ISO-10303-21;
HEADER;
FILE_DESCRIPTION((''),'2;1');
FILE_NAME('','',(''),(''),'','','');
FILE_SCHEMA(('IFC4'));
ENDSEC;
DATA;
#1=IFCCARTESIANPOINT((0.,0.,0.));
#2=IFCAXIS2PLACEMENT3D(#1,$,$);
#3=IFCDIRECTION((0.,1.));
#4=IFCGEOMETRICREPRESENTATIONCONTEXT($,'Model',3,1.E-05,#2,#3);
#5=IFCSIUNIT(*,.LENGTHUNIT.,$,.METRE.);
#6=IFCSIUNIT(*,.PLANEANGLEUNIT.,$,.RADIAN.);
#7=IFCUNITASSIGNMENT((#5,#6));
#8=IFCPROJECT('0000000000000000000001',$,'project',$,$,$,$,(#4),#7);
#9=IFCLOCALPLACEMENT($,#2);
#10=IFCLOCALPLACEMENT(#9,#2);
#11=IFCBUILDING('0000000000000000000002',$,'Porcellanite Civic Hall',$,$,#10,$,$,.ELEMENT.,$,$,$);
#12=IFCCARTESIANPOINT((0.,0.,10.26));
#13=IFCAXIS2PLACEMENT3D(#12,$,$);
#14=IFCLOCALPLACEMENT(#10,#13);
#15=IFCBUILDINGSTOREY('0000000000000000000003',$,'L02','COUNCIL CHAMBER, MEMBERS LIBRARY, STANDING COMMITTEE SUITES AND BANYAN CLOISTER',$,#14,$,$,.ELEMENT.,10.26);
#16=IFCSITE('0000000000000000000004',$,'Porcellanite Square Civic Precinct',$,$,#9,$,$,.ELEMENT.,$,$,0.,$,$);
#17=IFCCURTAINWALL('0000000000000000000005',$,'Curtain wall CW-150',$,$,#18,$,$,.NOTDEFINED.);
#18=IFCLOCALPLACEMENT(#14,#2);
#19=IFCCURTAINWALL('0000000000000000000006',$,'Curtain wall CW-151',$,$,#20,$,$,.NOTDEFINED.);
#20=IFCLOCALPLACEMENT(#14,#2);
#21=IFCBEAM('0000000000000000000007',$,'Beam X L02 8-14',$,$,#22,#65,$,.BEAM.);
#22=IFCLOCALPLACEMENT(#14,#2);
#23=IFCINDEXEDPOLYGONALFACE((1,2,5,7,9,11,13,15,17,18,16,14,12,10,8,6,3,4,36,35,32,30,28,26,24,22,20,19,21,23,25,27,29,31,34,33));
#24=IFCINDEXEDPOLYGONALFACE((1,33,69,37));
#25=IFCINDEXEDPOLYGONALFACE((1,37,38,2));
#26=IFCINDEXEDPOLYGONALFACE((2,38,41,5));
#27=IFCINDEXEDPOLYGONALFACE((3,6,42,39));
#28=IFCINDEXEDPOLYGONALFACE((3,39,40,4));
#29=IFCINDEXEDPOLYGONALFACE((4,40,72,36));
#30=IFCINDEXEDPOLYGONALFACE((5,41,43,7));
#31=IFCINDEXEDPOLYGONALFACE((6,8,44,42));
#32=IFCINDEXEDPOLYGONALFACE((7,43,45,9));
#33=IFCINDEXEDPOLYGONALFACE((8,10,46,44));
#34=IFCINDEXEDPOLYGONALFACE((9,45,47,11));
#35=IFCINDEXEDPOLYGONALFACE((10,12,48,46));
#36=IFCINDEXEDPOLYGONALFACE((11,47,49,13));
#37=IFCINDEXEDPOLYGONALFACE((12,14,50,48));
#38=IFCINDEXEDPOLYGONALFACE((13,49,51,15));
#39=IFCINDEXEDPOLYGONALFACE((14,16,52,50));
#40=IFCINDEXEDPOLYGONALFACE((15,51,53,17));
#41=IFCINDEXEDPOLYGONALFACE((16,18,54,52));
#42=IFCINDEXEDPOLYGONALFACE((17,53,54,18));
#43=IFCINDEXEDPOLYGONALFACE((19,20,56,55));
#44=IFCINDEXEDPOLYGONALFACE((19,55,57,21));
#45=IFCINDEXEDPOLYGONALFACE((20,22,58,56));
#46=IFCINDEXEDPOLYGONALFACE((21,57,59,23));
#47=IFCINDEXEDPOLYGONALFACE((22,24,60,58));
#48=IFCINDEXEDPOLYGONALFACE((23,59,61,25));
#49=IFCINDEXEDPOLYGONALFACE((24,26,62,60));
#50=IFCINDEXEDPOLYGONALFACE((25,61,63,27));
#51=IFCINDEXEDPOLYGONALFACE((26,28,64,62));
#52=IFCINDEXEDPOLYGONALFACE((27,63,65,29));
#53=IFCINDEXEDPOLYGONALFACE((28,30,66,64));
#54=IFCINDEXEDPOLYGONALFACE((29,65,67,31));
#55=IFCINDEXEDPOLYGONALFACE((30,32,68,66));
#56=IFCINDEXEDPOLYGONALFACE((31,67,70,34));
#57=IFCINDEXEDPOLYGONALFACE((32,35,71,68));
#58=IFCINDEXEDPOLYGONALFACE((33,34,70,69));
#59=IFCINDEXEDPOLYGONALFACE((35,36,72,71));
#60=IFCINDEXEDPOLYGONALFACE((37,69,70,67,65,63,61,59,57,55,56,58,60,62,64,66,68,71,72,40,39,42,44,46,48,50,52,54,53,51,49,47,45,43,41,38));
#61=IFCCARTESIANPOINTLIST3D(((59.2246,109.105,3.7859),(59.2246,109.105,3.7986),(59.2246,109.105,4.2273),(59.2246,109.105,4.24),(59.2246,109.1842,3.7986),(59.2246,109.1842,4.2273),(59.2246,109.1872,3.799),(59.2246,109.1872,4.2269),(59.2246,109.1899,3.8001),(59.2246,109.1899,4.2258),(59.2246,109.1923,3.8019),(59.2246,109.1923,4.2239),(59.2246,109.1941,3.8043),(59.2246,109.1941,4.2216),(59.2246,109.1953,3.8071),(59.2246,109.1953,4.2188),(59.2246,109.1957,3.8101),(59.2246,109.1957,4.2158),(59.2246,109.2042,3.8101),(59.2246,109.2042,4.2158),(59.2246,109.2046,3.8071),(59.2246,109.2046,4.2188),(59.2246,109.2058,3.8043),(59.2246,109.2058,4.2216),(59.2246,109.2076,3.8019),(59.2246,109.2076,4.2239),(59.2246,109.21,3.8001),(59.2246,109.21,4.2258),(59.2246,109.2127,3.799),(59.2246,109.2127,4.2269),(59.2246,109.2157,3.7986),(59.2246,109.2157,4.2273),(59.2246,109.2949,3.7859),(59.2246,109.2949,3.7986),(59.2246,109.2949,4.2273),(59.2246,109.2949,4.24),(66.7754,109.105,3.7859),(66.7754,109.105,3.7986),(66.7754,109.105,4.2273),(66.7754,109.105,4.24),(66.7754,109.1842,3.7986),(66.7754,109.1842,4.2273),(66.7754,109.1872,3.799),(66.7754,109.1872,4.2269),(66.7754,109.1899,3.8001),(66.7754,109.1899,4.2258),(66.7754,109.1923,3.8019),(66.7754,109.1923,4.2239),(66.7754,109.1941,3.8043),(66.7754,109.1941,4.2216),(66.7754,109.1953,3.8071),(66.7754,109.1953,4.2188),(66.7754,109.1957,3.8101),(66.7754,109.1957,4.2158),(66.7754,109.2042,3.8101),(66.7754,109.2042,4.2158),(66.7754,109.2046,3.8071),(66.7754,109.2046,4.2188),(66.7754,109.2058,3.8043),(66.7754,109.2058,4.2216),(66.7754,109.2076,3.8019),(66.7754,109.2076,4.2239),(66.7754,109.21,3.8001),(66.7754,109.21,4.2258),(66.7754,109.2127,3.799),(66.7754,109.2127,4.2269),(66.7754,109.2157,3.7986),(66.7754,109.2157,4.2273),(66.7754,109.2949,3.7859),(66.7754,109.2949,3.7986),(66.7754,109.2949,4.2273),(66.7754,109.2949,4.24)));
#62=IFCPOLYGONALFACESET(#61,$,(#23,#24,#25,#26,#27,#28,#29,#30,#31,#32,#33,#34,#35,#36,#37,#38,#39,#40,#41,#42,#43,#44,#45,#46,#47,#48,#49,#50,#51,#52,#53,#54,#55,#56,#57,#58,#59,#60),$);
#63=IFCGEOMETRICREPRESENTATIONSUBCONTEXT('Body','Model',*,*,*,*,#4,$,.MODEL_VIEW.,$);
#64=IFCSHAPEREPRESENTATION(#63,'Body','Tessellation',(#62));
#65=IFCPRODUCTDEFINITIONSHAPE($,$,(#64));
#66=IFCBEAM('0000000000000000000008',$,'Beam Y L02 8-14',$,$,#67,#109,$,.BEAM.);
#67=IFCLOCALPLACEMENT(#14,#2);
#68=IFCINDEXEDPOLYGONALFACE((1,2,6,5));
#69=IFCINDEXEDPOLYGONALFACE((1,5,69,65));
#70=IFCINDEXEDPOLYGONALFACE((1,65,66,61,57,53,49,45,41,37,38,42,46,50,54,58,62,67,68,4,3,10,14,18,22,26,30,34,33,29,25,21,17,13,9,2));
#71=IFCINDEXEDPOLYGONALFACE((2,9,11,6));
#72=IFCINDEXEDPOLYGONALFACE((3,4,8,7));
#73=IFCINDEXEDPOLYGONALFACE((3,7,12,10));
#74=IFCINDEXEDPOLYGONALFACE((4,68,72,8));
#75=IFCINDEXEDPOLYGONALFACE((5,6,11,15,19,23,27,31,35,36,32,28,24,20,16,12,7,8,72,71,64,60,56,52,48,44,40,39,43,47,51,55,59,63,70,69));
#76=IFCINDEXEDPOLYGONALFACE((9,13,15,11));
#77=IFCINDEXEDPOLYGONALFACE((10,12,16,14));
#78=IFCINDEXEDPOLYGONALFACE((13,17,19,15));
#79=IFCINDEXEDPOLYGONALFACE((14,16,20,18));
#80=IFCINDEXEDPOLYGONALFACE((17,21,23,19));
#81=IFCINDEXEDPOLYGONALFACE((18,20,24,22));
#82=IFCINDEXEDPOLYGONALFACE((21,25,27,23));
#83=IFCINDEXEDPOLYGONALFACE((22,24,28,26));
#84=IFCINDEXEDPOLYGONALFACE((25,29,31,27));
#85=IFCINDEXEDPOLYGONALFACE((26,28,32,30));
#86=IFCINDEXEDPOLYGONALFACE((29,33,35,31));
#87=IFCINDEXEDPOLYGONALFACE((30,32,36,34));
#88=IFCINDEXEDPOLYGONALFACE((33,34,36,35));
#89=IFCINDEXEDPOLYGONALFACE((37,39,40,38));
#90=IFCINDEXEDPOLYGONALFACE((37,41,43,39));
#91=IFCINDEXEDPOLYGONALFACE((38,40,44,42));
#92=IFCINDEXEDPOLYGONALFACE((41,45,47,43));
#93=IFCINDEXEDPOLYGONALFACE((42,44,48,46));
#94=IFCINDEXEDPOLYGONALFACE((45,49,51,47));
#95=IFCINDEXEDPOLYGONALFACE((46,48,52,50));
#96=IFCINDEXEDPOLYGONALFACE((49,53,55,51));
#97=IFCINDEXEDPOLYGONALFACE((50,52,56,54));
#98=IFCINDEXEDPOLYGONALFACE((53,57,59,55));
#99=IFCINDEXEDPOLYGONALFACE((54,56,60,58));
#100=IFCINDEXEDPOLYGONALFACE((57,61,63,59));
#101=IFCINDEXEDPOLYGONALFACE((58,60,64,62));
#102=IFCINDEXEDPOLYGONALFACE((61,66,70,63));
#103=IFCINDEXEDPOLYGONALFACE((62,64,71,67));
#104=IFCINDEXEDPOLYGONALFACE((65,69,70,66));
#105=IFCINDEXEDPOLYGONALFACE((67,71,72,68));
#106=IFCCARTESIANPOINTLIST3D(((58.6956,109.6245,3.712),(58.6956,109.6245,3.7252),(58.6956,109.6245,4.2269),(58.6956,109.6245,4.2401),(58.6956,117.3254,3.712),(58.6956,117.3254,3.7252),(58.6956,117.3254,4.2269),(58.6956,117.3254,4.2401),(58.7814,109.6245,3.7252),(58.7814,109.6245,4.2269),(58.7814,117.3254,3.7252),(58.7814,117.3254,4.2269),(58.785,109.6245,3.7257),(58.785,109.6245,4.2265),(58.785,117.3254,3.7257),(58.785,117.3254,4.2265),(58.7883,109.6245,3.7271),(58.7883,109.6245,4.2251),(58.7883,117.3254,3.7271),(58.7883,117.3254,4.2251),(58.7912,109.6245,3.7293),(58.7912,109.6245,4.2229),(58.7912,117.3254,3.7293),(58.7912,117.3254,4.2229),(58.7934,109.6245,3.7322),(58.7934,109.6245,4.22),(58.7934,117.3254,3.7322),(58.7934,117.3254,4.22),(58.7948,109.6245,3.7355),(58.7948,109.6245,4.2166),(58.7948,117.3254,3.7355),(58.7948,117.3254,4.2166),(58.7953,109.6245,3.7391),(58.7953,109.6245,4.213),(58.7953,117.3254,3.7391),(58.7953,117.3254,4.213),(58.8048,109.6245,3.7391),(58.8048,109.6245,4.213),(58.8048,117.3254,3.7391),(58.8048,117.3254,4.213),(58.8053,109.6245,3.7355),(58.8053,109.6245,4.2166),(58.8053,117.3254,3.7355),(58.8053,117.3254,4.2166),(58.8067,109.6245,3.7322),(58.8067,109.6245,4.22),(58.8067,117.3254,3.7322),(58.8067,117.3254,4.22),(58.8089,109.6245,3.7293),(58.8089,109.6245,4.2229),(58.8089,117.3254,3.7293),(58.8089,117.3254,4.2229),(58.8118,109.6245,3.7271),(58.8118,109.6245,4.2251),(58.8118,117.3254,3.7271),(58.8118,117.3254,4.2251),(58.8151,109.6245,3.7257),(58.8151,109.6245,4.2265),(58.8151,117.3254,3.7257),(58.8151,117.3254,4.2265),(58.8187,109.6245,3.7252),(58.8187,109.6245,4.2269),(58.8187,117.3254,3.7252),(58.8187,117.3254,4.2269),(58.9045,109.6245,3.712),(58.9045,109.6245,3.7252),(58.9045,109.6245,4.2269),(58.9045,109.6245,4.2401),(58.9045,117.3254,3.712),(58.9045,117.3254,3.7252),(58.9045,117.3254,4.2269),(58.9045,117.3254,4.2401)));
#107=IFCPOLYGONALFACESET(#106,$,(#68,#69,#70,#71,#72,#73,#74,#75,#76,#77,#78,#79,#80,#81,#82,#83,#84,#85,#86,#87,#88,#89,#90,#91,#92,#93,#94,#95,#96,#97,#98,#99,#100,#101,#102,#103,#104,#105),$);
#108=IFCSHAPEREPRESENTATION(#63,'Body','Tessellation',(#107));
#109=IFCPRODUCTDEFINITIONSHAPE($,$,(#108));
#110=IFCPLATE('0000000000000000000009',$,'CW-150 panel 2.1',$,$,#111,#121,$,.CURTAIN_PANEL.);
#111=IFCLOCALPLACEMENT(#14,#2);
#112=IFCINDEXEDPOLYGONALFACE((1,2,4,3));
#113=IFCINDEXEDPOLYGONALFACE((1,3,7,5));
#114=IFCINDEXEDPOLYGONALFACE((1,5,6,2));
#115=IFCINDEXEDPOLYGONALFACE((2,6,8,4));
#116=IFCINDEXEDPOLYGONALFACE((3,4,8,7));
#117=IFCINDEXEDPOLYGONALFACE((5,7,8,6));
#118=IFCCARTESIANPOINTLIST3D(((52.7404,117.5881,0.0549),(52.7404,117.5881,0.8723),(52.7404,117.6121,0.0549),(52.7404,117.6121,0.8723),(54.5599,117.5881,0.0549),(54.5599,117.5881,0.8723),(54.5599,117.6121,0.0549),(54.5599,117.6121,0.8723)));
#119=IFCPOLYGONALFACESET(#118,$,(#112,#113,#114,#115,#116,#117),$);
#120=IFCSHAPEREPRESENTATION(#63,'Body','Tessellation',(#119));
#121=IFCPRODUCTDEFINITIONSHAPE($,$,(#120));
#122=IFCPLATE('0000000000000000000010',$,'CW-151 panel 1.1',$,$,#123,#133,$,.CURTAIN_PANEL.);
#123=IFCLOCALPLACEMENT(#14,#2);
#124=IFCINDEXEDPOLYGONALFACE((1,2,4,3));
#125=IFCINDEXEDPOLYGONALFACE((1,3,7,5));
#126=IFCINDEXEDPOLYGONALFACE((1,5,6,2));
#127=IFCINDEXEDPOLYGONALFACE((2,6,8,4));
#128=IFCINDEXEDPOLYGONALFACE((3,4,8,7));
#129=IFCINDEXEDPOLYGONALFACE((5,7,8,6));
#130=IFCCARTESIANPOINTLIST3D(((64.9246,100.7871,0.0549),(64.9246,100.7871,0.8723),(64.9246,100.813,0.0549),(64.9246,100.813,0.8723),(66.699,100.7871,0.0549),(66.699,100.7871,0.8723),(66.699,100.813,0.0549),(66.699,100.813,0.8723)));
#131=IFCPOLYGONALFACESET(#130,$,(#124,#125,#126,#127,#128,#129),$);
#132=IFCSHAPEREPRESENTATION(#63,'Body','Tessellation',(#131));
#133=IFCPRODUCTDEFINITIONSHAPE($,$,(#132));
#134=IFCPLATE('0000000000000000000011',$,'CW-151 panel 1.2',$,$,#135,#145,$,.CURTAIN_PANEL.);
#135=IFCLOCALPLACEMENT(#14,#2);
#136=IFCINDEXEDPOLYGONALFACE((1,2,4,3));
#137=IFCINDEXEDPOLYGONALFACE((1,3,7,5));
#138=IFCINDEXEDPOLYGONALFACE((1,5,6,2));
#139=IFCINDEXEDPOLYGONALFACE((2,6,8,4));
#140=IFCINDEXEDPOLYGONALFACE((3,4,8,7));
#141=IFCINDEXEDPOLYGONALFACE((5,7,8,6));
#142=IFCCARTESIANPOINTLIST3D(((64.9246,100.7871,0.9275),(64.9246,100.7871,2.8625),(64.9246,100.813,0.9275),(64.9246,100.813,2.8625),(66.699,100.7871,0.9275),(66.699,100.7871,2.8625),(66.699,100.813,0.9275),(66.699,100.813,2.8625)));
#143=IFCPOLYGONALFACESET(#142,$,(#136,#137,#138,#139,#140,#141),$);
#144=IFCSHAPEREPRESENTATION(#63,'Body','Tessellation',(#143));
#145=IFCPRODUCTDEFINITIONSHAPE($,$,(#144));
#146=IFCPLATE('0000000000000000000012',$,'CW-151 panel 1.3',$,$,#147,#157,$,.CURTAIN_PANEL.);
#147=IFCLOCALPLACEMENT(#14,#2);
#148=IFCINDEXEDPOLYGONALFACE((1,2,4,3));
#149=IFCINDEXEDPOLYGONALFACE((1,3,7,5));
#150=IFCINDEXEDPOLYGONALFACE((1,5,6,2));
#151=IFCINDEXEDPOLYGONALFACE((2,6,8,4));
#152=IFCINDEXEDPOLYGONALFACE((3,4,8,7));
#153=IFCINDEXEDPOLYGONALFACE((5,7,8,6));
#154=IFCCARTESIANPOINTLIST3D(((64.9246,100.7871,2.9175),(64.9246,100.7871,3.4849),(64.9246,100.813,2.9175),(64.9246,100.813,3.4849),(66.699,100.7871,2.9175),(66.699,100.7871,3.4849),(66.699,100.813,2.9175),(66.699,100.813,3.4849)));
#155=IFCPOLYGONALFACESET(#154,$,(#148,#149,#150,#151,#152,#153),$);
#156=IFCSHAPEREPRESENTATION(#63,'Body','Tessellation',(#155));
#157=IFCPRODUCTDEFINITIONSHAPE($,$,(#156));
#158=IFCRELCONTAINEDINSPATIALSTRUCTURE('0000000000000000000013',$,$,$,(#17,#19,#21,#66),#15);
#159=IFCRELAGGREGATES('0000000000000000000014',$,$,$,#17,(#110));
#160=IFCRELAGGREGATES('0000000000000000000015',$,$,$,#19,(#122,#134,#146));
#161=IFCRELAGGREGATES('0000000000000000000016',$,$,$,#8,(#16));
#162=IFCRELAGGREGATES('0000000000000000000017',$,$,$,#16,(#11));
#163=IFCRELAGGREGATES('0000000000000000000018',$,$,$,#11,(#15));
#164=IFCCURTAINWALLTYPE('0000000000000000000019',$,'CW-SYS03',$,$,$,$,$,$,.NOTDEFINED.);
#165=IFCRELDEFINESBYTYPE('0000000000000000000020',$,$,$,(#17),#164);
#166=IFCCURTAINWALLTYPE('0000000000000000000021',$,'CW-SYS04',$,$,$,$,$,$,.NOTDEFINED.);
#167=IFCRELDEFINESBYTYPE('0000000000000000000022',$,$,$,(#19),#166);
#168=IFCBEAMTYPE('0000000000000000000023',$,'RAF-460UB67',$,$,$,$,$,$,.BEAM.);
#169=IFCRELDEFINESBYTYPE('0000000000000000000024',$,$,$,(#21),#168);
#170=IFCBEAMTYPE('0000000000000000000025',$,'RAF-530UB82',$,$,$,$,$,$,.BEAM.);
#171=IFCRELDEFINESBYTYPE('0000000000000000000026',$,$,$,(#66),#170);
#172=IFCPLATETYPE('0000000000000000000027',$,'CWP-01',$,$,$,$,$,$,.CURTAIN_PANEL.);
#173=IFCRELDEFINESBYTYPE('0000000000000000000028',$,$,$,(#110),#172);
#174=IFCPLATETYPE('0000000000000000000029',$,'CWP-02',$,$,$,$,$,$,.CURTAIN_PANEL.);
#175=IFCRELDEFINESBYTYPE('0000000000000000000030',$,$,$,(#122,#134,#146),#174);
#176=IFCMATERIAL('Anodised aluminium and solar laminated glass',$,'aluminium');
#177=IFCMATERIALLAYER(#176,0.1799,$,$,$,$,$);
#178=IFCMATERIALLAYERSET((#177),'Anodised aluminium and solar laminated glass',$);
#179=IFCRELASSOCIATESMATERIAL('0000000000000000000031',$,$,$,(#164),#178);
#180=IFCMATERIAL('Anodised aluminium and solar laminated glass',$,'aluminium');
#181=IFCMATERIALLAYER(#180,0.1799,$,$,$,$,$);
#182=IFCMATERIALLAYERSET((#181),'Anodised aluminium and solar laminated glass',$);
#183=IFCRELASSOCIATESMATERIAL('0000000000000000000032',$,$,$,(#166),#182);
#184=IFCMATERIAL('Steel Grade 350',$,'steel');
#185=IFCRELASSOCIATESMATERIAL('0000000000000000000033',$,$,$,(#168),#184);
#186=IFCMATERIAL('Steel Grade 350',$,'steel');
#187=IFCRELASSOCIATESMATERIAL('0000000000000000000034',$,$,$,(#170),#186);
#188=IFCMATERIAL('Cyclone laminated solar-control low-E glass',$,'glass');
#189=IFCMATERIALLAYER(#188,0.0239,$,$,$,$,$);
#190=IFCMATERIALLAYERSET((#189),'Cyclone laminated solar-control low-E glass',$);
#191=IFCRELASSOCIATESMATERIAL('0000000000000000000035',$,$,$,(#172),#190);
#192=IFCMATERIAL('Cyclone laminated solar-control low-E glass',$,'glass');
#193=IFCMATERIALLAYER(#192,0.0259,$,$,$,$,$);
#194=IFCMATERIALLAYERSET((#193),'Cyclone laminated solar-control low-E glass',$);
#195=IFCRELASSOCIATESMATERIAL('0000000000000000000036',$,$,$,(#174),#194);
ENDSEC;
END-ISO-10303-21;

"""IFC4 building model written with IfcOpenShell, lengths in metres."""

from ifc_helpers import new_model, si_unit, direction, frame, origin, origin_2d, place, context, subcontext, project, spatial, rectangle, i_section, extrude, material, layer, layer_set, material_profile, profile_set, type_object, element, aggregate, save


model = new_model("IFC4")

# Units and contexts
model_context = context("Model", 3, precision=1e-05, world=origin(), true_north=direction((0.0, 1.0)))
body_context = subcontext(model_context, "Body", "Model", "MODEL_VIEW")
ifc_project = project(units=[si_unit("LENGTHUNIT", "METRE"), si_unit("PLANEANGLEUNIT", "RADIAN")], contexts=[model_context])

# Site, building, storey
site_placement = place(None, origin())
site = spatial("IfcSite", under=ifc_project, at=site_placement, Name="Porcellanite Square Civic Precinct", CompositionType="ELEMENT", RefElevation=0.0)
building_placement = place(site_placement, origin())
building = spatial("IfcBuilding", under=site, at=building_placement, Name="Porcellanite Civic Hall", CompositionType="ELEMENT")
storey_placement = place(building_placement, frame((0.0, 0.0, 10.26)))
storey = spatial("IfcBuildingStorey", under=building, at=storey_placement, Name="L02", Description="COUNCIL CHAMBER, MEMBERS LIBRARY, STANDING COMMITTEE SUITES AND BANYAN CLOISTER", CompositionType="ELEMENT", Elevation=10.26)

# Curtain walls
ifc_material_1 = material(Name="Anodised aluminium and solar laminated glass", Category="aluminium")
ifc_layer_1 = layer(ifc_material_1, 0.1799)
ifc_layer_set_1 = layer_set([ifc_layer_1], Name="Anodised aluminium and solar laminated glass")
curtain_wall_type_1 = type_object("IfcCurtainWallType", Name="CW-SYS03", PredefinedType="NOTDEFINED", material=ifc_layer_set_1)
curtain_wall_1_placement = place(storey_placement, origin())
curtain_wall_1 = element("IfcCurtainWall", 1, at=curtain_wall_1_placement, inside=storey, type_object=curtain_wall_type_1, Name="Curtain wall CW-150", PredefinedType="NOTDEFINED")
ifc_material_2 = material(Name="Anodised aluminium and solar laminated glass", Category="aluminium")
ifc_layer_2 = layer(ifc_material_2, 0.1799)
ifc_layer_set_2 = layer_set([ifc_layer_2], Name="Anodised aluminium and solar laminated glass")
curtain_wall_type_2 = type_object("IfcCurtainWallType", Name="CW-SYS04", PredefinedType="NOTDEFINED", material=ifc_layer_set_2)
curtain_wall_2_placement = place(storey_placement, origin())
curtain_wall_2 = element("IfcCurtainWall", 2, at=curtain_wall_2_placement, inside=storey, type_object=curtain_wall_type_2, Name="Curtain wall CW-151", PredefinedType="NOTDEFINED")

# Beams
ifc_material_3 = material(Name="Steel Grade 350", Category="steel")
ifc_material_profile_1 = material_profile(ifc_material_3, i_section(OverallWidth=0.1899, OverallDepth=0.4541, WebThickness=0.0085, FlangeThickness=0.0127, FilletRadius=0.0115, at=origin_2d()), Name="460UB67.1")
ifc_profile_set_1 = profile_set([ifc_material_profile_1], Name="Steel Grade 350")
beam_type_1 = type_object("IfcBeamType", Name="RAF-460UB67", PredefinedType="BEAM", material=ifc_profile_set_1)
beam_1_placement = place(storey_placement, frame((59.2246, 109.2, 4.0129), z_axis=(1.0, 0.0, 0.0), x_axis=(0.0, 1.0, 0.0)))
element("IfcBeam", 3, at=beam_1_placement, inside=storey, type_object=beam_type_1, Name="Beam X L02 8-14", PredefinedType="BEAM", context=body_context, shape_type="SweptSolid", body=[
    extrude(i_section(OverallWidth=0.1899, OverallDepth=0.4541, WebThickness=0.0085, FlangeThickness=0.0127, FilletRadius=0.0115, at=origin_2d()), origin(), (0.0, 0.0, 1.0), 7.5508),
])
ifc_material_4 = material(Name="Steel Grade 350", Category="steel")
ifc_material_profile_2 = material_profile(ifc_material_4, i_section(OverallWidth=0.209, OverallDepth=0.5281, WebThickness=0.0095, FlangeThickness=0.0132, FilletRadius=0.0139, at=origin_2d()), Name="530UB82.0")
ifc_profile_set_2 = profile_set([ifc_material_profile_2], Name="Steel Grade 350")
beam_type_2 = type_object("IfcBeamType", Name="RAF-530UB82", PredefinedType="BEAM", material=ifc_profile_set_2)
beam_2_placement = place(storey_placement, frame((58.8, 109.6245, 3.9761), z_axis=(0.0, 1.0, 0.0), x_axis=(-1.0, 0.0, 0.0)))
element("IfcBeam", 4, at=beam_2_placement, inside=storey, type_object=beam_type_2, Name="Beam Y L02 8-14", PredefinedType="BEAM", context=body_context, shape_type="SweptSolid", body=[
    extrude(i_section(OverallWidth=0.209, OverallDepth=0.5281, WebThickness=0.0095, FlangeThickness=0.0132, FilletRadius=0.0139, at=origin_2d()), origin(), (0.0, 0.0, 1.0), 7.7009),
])

# Plates
ifc_material_5 = material(Name="Cyclone laminated solar-control low-E glass", Category="glass")
ifc_layer_3 = layer(ifc_material_5, 0.0239)
ifc_layer_set_3 = layer_set([ifc_layer_3], Name="Cyclone laminated solar-control low-E glass")
plate_type_1 = type_object("IfcPlateType", Name="CWP-01", PredefinedType="CURTAIN_PANEL", material=ifc_layer_set_3)
plate_1_placement = place(storey_placement, frame((53.6501, 117.6001, 0.0549), z_axis=(0.0, 0.0, 1.0), x_axis=(1.0, 0.0, 0.0)))
plate_1 = element("IfcPlate", 5, at=plate_1_placement, type_object=plate_type_1, Name="CW-150 panel 2.1", PredefinedType="CURTAIN_PANEL", context=body_context, shape_type="SweptSolid", body=[
    extrude(rectangle(XDim=1.8196, YDim=0.0239, at=origin_2d()), origin(), (0.0, 0.0, 1.0), 0.8174),
])
aggregate(curtain_wall_1, [plate_1])
ifc_material_6 = material(Name="Cyclone laminated solar-control low-E glass", Category="glass")
ifc_layer_4 = layer(ifc_material_6, 0.0259)
ifc_layer_set_4 = layer_set([ifc_layer_4], Name="Cyclone laminated solar-control low-E glass")
plate_type_2 = type_object("IfcPlateType", Name="CWP-02", PredefinedType="CURTAIN_PANEL", material=ifc_layer_set_4)
plate_2_placement = place(storey_placement, frame((65.8118, 100.8, 0.0549), z_axis=(0.0, 0.0, 1.0), x_axis=(-1.0, 0.0, 0.0)))
plate_2 = element("IfcPlate", 6, at=plate_2_placement, type_object=plate_type_2, Name="CW-151 panel 1.1", PredefinedType="CURTAIN_PANEL", context=body_context, shape_type="SweptSolid", body=[
    extrude(rectangle(XDim=1.7744, YDim=0.0259, at=origin_2d()), origin(), (0.0, 0.0, 1.0), 0.8174),
])
plate_3_placement = place(storey_placement, frame((65.8118, 100.8, 0.9275), z_axis=(0.0, 0.0, 1.0), x_axis=(-1.0, 0.0, 0.0)))
plate_3 = element("IfcPlate", 7, at=plate_3_placement, type_object=plate_type_2, Name="CW-151 panel 1.2", PredefinedType="CURTAIN_PANEL", context=body_context, shape_type="SweptSolid", body=[
    extrude(rectangle(XDim=1.7744, YDim=0.0259, at=origin_2d()), origin(), (0.0, 0.0, 1.0), 1.9351),
])
plate_4_placement = place(storey_placement, frame((65.8118, 100.8, 2.9175), z_axis=(0.0, 0.0, 1.0), x_axis=(-1.0, 0.0, 0.0)))
plate_4 = element("IfcPlate", 8, at=plate_4_placement, type_object=plate_type_2, Name="CW-151 panel 1.3", PredefinedType="CURTAIN_PANEL", context=body_context, shape_type="SweptSolid", body=[
    extrude(rectangle(XDim=1.7744, YDim=0.0259, at=origin_2d()), origin(), (0.0, 0.0, 1.0), 0.5674),
])
aggregate(curtain_wall_2, [plate_2, plate_3, plate_4])

save(model, "model.ifc")
